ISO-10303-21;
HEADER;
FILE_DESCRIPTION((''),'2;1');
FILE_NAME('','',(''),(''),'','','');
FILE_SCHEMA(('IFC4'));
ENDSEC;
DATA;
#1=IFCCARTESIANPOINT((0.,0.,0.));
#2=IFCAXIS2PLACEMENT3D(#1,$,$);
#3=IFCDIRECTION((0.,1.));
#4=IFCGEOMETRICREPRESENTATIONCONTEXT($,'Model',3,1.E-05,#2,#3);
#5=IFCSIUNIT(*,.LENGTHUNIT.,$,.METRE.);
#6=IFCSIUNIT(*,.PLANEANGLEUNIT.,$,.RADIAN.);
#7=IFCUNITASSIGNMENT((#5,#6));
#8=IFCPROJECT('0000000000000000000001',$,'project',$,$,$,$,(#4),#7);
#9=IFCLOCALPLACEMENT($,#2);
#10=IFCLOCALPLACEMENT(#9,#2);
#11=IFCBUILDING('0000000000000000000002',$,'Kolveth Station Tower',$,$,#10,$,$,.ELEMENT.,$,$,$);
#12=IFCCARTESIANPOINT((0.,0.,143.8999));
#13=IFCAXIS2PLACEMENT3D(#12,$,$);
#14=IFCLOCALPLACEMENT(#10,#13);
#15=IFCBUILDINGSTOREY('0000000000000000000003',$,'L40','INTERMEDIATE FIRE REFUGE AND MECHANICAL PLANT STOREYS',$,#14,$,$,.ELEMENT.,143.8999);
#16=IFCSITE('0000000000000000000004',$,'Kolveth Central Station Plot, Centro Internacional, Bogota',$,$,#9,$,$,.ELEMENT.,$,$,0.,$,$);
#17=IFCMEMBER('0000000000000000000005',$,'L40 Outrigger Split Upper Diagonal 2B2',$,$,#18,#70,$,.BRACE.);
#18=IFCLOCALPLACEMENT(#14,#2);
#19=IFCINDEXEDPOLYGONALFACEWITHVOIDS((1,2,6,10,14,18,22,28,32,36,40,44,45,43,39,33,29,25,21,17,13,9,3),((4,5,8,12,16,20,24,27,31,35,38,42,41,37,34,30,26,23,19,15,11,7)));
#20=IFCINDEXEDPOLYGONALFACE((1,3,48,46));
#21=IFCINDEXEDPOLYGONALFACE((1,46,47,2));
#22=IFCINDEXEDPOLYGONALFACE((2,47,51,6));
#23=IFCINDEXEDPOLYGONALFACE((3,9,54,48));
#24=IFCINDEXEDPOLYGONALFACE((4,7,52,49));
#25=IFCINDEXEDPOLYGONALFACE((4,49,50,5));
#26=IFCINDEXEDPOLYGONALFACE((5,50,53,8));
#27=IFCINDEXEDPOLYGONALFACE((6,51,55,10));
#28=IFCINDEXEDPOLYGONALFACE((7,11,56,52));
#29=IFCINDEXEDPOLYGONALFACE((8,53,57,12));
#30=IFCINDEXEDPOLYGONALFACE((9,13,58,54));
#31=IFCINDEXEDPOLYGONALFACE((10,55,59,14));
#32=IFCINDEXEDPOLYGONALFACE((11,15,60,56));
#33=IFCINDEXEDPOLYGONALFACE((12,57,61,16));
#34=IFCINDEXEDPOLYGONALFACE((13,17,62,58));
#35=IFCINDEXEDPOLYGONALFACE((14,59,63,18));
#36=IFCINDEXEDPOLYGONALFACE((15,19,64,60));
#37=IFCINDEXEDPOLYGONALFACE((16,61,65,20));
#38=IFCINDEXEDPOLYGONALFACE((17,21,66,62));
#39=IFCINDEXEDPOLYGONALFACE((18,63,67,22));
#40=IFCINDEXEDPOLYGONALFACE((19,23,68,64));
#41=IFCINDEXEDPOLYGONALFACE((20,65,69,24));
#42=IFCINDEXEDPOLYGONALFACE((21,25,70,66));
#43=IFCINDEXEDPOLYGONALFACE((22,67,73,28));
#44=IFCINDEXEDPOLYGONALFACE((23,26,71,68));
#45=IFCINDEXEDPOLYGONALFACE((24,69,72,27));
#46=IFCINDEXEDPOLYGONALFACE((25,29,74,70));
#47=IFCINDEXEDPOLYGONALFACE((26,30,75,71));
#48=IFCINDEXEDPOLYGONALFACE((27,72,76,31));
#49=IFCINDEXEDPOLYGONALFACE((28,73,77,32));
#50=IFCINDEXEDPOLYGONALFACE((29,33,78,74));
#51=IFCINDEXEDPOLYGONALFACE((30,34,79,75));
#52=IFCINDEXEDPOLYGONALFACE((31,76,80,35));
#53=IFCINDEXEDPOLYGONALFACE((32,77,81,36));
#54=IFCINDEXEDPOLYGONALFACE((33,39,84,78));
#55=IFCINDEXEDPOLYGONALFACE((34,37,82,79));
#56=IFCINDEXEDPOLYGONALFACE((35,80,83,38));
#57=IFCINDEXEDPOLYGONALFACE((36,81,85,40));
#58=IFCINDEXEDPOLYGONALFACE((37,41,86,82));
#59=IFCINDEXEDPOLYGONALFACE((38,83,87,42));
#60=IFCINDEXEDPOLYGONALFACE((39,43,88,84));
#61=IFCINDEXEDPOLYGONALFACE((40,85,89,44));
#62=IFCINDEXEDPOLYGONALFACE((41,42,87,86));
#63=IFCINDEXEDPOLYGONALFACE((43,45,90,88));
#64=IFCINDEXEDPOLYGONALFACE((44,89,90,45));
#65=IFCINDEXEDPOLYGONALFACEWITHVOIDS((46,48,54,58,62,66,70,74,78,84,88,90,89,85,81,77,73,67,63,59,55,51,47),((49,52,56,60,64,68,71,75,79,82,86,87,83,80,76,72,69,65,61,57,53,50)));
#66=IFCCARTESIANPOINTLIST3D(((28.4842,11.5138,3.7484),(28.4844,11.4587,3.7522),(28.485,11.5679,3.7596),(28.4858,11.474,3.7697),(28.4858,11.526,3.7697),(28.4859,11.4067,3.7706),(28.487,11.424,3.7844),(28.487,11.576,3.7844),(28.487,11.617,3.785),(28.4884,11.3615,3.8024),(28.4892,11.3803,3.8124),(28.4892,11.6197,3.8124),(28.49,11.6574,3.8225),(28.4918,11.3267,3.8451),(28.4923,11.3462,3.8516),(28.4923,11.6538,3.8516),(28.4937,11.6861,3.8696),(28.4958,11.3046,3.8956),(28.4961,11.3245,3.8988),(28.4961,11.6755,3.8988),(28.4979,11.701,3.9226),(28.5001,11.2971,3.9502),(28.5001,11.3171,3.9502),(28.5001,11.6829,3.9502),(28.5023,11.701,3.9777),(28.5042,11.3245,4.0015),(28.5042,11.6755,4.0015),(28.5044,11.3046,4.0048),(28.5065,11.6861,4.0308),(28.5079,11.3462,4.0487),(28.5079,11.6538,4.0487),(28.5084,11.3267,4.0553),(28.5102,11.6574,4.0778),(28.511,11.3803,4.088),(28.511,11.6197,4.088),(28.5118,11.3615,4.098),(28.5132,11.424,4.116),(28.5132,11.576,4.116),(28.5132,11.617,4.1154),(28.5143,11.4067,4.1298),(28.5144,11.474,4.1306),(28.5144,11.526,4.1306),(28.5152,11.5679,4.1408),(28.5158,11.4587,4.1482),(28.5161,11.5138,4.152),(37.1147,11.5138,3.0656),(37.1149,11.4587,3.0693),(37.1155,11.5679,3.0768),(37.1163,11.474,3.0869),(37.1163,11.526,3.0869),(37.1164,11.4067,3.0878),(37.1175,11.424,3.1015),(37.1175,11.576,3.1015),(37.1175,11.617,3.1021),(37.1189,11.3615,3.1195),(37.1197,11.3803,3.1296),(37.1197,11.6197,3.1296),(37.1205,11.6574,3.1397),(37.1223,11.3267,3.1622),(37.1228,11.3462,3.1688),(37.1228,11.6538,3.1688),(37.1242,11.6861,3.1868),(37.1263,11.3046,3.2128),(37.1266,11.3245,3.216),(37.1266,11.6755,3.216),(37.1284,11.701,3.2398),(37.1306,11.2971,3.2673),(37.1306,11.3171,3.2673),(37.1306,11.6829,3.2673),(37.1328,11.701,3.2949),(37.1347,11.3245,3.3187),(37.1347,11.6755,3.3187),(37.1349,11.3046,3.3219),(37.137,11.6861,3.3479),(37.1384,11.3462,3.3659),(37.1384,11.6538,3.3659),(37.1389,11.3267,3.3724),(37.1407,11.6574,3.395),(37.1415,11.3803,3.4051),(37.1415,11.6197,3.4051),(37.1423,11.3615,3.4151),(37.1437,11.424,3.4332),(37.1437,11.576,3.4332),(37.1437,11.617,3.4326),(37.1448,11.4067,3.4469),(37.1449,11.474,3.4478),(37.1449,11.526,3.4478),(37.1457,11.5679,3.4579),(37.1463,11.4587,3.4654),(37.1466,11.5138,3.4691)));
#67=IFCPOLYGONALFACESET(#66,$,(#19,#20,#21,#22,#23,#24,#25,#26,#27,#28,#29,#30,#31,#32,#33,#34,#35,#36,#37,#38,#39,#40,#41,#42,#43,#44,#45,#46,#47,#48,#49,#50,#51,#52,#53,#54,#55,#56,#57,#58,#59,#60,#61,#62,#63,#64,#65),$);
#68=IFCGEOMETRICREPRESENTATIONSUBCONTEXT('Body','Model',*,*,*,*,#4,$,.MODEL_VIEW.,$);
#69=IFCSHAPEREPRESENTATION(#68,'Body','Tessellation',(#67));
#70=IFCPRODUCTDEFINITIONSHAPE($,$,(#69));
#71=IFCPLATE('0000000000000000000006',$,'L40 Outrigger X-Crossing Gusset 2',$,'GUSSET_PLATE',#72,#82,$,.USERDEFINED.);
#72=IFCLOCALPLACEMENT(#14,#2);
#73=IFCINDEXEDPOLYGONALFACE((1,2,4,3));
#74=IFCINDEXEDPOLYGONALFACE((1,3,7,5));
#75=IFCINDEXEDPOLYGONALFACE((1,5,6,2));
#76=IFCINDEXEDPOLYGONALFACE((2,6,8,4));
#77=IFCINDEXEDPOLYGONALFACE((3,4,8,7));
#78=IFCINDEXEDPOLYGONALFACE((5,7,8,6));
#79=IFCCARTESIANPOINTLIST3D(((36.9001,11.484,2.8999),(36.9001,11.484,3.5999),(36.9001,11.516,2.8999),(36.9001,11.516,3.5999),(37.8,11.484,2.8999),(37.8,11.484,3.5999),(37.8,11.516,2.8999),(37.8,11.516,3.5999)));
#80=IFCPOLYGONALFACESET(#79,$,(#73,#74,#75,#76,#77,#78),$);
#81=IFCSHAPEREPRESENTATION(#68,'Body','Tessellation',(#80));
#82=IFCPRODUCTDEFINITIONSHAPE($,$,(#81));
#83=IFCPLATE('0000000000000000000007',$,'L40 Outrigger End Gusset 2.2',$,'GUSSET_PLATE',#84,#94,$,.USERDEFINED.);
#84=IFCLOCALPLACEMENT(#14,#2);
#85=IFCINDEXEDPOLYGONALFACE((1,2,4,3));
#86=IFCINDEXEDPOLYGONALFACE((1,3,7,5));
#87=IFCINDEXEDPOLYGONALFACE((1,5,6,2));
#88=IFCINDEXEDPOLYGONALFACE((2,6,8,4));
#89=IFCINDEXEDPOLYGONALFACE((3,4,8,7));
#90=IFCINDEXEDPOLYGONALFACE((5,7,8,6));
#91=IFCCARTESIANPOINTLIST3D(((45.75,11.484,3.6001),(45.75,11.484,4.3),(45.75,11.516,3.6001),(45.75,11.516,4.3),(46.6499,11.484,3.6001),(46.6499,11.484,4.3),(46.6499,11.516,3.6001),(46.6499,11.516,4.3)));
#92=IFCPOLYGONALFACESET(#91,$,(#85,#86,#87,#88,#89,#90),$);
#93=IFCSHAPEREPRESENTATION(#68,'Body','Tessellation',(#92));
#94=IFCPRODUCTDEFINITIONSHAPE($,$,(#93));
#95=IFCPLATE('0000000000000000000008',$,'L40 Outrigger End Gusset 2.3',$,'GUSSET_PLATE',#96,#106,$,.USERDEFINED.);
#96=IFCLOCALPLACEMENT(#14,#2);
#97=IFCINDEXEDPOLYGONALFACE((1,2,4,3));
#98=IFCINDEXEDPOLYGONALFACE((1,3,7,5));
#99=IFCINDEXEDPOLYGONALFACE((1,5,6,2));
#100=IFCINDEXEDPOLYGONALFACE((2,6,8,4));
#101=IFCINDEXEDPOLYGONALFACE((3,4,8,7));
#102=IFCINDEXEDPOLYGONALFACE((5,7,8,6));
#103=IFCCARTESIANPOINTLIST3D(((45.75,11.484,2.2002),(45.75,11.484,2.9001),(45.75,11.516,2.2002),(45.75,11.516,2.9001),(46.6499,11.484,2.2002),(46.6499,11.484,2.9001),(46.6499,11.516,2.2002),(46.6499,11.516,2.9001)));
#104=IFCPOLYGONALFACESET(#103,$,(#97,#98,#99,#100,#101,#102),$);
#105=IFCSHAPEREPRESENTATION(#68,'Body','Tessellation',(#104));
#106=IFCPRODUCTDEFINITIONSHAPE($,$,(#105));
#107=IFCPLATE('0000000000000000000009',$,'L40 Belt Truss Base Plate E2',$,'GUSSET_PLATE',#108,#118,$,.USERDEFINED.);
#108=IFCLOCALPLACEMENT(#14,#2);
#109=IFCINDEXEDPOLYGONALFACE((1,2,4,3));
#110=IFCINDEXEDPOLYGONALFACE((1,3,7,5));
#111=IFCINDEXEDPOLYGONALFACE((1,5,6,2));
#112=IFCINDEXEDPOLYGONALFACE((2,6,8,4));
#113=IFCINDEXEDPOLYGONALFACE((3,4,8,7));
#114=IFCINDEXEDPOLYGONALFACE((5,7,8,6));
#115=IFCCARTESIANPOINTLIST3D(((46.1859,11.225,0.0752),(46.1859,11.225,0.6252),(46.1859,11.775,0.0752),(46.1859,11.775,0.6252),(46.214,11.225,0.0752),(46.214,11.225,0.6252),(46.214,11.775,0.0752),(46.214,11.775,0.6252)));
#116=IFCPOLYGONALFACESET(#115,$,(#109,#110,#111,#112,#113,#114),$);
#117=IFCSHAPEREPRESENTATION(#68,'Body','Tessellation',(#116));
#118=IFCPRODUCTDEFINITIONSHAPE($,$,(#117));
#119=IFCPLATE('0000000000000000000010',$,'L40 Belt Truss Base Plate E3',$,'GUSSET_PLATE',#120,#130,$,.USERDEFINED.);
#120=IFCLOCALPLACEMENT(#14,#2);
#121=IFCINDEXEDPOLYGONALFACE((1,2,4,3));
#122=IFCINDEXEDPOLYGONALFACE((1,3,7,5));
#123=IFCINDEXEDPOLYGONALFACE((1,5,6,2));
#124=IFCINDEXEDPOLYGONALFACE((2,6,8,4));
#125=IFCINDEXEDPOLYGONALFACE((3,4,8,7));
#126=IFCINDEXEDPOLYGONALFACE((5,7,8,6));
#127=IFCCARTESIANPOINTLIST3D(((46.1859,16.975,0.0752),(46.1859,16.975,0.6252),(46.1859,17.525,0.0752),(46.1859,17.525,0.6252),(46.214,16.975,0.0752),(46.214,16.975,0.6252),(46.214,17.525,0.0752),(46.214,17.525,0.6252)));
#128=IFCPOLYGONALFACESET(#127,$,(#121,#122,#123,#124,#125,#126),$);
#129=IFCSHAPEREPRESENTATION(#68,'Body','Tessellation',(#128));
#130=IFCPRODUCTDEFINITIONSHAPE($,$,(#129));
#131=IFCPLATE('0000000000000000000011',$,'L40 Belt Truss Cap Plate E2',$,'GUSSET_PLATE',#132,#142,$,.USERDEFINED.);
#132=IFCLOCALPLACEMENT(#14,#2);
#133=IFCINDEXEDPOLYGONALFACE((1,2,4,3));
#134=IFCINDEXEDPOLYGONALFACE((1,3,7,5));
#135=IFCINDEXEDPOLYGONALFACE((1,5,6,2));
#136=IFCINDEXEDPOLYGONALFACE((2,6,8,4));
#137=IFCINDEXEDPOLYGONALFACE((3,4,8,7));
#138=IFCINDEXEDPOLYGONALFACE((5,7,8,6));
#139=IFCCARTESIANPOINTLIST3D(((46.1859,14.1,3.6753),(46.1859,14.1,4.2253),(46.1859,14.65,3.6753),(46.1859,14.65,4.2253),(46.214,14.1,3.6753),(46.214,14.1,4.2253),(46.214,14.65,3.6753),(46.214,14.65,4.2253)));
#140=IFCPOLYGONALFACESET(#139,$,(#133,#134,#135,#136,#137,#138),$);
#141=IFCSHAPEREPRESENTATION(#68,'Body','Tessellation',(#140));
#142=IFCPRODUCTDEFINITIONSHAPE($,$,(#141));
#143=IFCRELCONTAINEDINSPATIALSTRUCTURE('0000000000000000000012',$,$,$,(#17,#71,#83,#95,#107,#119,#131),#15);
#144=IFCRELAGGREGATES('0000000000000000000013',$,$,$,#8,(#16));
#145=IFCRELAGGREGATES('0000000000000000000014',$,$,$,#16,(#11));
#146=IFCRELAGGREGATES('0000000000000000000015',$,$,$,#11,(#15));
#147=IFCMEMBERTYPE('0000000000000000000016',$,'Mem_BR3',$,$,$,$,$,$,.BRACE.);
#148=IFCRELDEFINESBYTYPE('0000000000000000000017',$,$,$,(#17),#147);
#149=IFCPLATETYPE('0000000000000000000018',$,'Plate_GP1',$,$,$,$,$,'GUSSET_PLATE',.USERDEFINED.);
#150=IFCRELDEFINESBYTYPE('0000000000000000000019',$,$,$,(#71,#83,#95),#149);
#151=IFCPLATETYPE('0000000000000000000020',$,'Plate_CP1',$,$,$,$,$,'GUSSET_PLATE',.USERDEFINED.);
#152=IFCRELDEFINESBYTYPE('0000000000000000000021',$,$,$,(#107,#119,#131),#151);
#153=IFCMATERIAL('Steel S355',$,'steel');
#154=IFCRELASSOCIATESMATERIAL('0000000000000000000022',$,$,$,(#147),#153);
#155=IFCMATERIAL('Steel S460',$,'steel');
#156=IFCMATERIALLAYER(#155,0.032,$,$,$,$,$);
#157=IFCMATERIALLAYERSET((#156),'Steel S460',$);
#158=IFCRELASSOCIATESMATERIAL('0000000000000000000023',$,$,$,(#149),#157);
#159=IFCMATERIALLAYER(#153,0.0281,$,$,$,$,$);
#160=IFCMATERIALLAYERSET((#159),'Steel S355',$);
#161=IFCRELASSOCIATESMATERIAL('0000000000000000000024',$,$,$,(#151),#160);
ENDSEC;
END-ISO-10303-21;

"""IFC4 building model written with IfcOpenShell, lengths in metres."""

from ifc_helpers import new_model, si_unit, direction, frame, origin, origin_2d, place, context, subcontext, project, spatial, rectangle, hollow_circle, extrude, source, transform, mapped, material, layer, layer_set, material_profile, profile_set, type_object, element, save


model = new_model("IFC4")

# Units and contexts
model_context = context("Model", 3, precision=1e-05, world=origin(), true_north=direction((0.0, 1.0)))
body_context = subcontext(model_context, "Body", "Model", "MODEL_VIEW")
ifc_project = project(units=[si_unit("LENGTHUNIT", "METRE"), si_unit("PLANEANGLEUNIT", "RADIAN")], contexts=[model_context])

# Site, building, storey
site_placement = place(None, origin())
site = spatial("IfcSite", under=ifc_project, at=site_placement, Name="Kolveth Central Station Plot, Centro Internacional, Bogota", CompositionType="ELEMENT", RefElevation=0.0)
building_placement = place(site_placement, origin())
building = spatial("IfcBuilding", under=site, at=building_placement, Name="Kolveth Station Tower", CompositionType="ELEMENT")
storey_placement = place(building_placement, frame((0.0, 0.0, 143.8999)))
storey = spatial("IfcBuildingStorey", under=building, at=storey_placement, Name="L40", Description="INTERMEDIATE FIRE REFUGE AND MECHANICAL PLANT STOREYS", CompositionType="ELEMENT", Elevation=143.8999)

# Shared definitions
ifc_material_1 = material(Name="Steel S460", Category="steel")

# Shared definitions
ifc_material_2 = material(Name="Steel S355", Category="steel")

# Member
ifc_material_profile_1 = material_profile(ifc_material_2, hollow_circle(Radius=0.2029, WallThickness=0.02, at=origin_2d()), Name="CHS406x20")
ifc_profile_set_1 = profile_set([ifc_material_profile_1], Name="Steel S355")
member_type_1 = type_object("IfcMemberType", Name="Mem_BR3", PredefinedType="BRACE", material=ifc_profile_set_1)
shared_shape_1 = source(origin(), body_context, "Body", "SweptSolid", [
    extrude(hollow_circle(Radius=0.2029, WallThickness=0.02, at=origin_2d()), origin(), (0.0, 0.0, 1.0), 8.6575),
])
for number, where, z_axis, x_axis, name in (
    (1, (37.1306, 11.5, 3.2673), (-0.996885, 0.0, 0.078874), (0.0, -1.0, 0.0), "L40 Outrigger Split Upper Diagonal 2B2"),
):
    element("IfcMember", number, at=place(storey_placement, frame(where, z_axis=z_axis, x_axis=x_axis)), inside=storey, type_object=member_type_1, Name=name, PredefinedType="BRACE", context=body_context, shape_type="MappedRepresentation", body=[
        mapped(shared_shape_1, transform((0.0, 0.0, 0.0), x_axis=(1.0, 0.0, 0.0), y_axis=(0.0, 1.0, 0.0), z_axis=(0.0, 0.0, 1.0), scale=1.0)),
    ])

# Plates
ifc_layer_1 = layer(ifc_material_1, 0.032)
ifc_layer_set_1 = layer_set([ifc_layer_1], Name="Steel S460")
plate_type_1 = type_object("IfcPlateType", Name="Plate_GP1", ElementType="GUSSET_PLATE", PredefinedType="USERDEFINED", material=ifc_layer_set_1)
shared_shape_2 = source(origin(), body_context, "Body", "SweptSolid", [
    extrude(rectangle(XDim=0.8999, YDim=0.032, at=origin_2d()), origin(), (0.0, 0.0, 1.0), 0.7),
])
for number, where, z_axis, x_axis, name in (
    (2, (37.3501, 11.5, 2.8999), (0.0, 0.0, 1.0), (1.0, 0.0, 0.0), "L40 Outrigger X-Crossing Gusset 2"),
    (3, (46.2, 11.5, 3.6001), (0.0, 0.0, 1.0), (1.0, 0.0, 0.0), "L40 Outrigger End Gusset 2.2"),
    (4, (46.2, 11.5, 2.2002), (0.0, 0.0, 1.0), (1.0, 0.0, 0.0), "L40 Outrigger End Gusset 2.3"),
):
    element("IfcPlate", number, at=place(storey_placement, frame(where, z_axis=z_axis, x_axis=x_axis)), inside=storey, type_object=plate_type_1, Name=name, ObjectType="GUSSET_PLATE", PredefinedType="USERDEFINED", context=body_context, shape_type="MappedRepresentation", body=[
        mapped(shared_shape_2, transform((0.0, 0.0, 0.0), x_axis=(1.0, 0.0, 0.0), y_axis=(0.0, 1.0, 0.0), z_axis=(0.0, 0.0, 1.0), scale=1.0)),
    ])
ifc_layer_2 = layer(ifc_material_2, 0.0281)
ifc_layer_set_2 = layer_set([ifc_layer_2], Name="Steel S355")
plate_type_2 = type_object("IfcPlateType", Name="Plate_CP1", ElementType="GUSSET_PLATE", PredefinedType="USERDEFINED", material=ifc_layer_set_2)
shared_shape_3 = source(origin(), body_context, "Body", "SweptSolid", [
    extrude(rectangle(XDim=0.0281, YDim=0.55, at=origin_2d()), origin(), (0.0, 0.0, 1.0), 0.55),
])
for number, where, z_axis, x_axis, name in (
    (5, (46.2, 11.5, 0.0752), (0.0, 0.0, 1.0), (1.0, 0.0, 0.0), "L40 Belt Truss Base Plate E2"),
    (6, (46.2, 17.25, 0.0752), (0.0, 0.0, 1.0), (1.0, 0.0, 0.0), "L40 Belt Truss Base Plate E3"),
    (7, (46.2, 14.375, 3.6753), (0.0, 0.0, 1.0), (1.0, 0.0, 0.0), "L40 Belt Truss Cap Plate E2"),
):
    element("IfcPlate", number, at=place(storey_placement, frame(where, z_axis=z_axis, x_axis=x_axis)), inside=storey, type_object=plate_type_2, Name=name, ObjectType="GUSSET_PLATE", PredefinedType="USERDEFINED", context=body_context, shape_type="MappedRepresentation", body=[
        mapped(shared_shape_3, transform((0.0, 0.0, 0.0), x_axis=(1.0, 0.0, 0.0), y_axis=(0.0, 1.0, 0.0), z_axis=(0.0, 0.0, 1.0), scale=1.0)),
    ])

save(model, "model.ifc")
